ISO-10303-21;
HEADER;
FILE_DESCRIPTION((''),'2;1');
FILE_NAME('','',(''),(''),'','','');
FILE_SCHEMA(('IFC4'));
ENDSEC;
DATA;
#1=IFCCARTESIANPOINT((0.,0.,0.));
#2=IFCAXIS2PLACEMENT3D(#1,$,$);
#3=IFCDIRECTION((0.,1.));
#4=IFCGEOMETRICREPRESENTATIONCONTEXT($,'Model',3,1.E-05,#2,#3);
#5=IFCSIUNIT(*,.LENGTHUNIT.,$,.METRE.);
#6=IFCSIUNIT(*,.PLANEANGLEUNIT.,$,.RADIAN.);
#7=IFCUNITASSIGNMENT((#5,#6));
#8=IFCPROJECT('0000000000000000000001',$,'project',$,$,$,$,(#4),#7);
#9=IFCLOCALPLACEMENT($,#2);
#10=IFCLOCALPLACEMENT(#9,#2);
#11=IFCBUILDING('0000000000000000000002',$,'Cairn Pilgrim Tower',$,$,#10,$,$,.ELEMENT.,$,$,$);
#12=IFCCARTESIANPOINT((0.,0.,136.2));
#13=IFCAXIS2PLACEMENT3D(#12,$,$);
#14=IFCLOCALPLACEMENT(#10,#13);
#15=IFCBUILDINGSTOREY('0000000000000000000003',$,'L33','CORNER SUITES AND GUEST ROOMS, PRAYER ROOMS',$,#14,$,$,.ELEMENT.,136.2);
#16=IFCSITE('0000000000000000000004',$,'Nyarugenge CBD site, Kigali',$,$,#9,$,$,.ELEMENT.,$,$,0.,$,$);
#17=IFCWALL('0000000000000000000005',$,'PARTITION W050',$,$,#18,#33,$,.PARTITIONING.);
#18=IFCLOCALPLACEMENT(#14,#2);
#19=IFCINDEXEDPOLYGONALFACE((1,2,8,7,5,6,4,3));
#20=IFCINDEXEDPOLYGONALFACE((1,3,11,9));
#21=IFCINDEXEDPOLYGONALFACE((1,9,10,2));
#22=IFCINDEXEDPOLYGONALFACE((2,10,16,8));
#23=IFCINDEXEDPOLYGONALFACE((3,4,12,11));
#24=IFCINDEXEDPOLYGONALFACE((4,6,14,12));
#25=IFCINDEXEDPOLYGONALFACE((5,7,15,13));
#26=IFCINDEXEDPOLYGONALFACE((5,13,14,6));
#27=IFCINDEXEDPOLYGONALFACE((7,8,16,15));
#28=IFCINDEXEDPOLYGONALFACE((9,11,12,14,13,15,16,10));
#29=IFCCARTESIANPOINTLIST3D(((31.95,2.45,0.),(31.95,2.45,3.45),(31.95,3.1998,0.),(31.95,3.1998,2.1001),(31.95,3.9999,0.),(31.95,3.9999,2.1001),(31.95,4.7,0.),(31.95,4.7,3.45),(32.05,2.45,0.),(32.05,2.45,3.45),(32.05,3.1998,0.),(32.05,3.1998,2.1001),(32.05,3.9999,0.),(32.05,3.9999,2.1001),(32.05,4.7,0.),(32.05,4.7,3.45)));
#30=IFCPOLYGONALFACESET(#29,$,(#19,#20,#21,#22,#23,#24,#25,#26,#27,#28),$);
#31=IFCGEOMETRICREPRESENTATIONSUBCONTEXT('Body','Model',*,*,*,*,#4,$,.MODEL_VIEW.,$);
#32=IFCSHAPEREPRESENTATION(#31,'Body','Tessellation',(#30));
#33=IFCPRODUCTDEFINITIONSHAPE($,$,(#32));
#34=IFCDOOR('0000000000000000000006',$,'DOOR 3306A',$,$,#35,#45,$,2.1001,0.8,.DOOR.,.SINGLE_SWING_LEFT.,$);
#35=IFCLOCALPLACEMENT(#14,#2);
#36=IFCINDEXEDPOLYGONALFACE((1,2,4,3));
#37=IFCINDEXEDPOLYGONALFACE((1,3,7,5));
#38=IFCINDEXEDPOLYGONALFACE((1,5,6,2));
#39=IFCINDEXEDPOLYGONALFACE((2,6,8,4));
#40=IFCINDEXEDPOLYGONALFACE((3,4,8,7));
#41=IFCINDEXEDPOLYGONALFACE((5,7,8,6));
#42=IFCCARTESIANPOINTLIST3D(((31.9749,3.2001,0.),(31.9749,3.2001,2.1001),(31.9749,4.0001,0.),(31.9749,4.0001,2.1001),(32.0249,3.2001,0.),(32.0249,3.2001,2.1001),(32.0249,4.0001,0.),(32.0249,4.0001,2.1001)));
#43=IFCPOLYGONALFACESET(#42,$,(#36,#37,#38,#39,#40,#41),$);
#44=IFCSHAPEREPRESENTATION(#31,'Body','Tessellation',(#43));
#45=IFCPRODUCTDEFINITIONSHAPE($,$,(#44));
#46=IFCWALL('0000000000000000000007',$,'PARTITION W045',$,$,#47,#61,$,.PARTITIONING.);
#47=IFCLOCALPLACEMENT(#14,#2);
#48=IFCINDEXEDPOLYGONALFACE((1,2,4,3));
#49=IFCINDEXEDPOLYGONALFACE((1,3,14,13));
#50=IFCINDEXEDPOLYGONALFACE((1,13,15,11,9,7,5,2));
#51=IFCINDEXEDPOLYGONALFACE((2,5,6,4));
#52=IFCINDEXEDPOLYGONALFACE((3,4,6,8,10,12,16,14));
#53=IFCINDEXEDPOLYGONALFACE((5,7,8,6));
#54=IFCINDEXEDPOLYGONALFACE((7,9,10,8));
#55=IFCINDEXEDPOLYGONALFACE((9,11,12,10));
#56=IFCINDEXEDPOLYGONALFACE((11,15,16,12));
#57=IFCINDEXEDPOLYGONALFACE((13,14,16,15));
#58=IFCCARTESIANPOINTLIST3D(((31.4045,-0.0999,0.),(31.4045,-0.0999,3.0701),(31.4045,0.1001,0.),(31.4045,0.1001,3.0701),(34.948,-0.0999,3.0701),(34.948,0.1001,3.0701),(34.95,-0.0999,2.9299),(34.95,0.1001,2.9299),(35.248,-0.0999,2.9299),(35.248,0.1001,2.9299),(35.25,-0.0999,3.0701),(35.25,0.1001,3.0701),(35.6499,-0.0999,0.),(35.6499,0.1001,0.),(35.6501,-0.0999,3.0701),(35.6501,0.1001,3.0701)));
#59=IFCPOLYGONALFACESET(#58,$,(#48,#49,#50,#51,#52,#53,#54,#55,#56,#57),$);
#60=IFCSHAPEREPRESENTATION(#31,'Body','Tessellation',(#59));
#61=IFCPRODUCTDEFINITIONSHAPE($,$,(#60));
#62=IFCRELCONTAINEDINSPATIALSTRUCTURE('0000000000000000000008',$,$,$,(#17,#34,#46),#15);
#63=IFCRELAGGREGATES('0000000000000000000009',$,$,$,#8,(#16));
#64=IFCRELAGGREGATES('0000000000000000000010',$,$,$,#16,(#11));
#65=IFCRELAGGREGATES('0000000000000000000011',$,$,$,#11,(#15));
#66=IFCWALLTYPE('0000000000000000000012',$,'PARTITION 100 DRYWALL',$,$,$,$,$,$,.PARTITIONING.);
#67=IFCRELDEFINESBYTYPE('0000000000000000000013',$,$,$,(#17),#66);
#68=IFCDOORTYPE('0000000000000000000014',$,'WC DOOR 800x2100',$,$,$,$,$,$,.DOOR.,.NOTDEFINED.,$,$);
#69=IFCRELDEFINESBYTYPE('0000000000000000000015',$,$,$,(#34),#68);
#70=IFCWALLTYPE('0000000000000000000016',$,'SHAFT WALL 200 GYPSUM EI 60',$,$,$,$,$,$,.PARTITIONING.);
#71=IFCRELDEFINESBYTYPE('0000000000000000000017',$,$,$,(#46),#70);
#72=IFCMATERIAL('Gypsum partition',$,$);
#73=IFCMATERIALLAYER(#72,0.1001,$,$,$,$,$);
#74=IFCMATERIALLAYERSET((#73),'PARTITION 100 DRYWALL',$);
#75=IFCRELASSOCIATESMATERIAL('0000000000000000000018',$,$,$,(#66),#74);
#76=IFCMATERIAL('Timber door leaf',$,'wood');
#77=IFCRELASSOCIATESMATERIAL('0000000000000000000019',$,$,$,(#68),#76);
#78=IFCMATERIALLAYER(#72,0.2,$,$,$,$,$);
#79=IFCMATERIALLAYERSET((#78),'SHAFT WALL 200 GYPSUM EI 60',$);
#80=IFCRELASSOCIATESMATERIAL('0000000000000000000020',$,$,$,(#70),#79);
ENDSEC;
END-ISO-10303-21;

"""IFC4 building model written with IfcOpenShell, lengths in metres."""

from ifc_helpers import new_model, si_unit, direction, frame, frame_2d, origin, place, context, subcontext, project, spatial, polyline, rectangle, outline, extrude, material, layer, layer_set, type_object, element, fill, save


model = new_model("IFC4")

# Units and contexts
model_context = context("Model", 3, precision=1e-05, world=origin(), true_north=direction((0.0, 1.0)))
body_context = subcontext(model_context, "Body", "Model", "MODEL_VIEW")
ifc_project = project(units=[si_unit("LENGTHUNIT", "METRE"), si_unit("PLANEANGLEUNIT", "RADIAN")], contexts=[model_context])

# Site, building, storey
site_placement = place(None, origin())
site = spatial("IfcSite", under=ifc_project, at=site_placement, Name="Nyarugenge CBD site, Kigali", CompositionType="ELEMENT", RefElevation=0.0)
building_placement = place(site_placement, origin())
building = spatial("IfcBuilding", under=site, at=building_placement, Name="Cairn Pilgrim Tower", CompositionType="ELEMENT")
storey_placement = place(building_placement, frame((0.0, 0.0, 136.2)))
storey = spatial("IfcBuildingStorey", under=building, at=storey_placement, Name="L33", Description="CORNER SUITES AND GUEST ROOMS, PRAYER ROOMS", CompositionType="ELEMENT", Elevation=136.2)

# Wall, opening, door
ifc_material_1 = material(Name="Gypsum partition")
ifc_layer_1 = layer(ifc_material_1, 0.1001)
ifc_layer_set_1 = layer_set([ifc_layer_1], Name="PARTITION 100 DRYWALL")
wall_type_1 = type_object("IfcWallType", Name="PARTITION 100 DRYWALL", PredefinedType="PARTITIONING", material=ifc_layer_set_1)
ifc_material_2 = material(Name="Timber door leaf", Category="wood")
door_type_1 = type_object("IfcDoorType", Name="WC DOOR 800x2100", OperationType="NOTDEFINED", PredefinedType="DOOR", material=ifc_material_2)
wall_1_placement = place(storey_placement, frame((32.0, 2.45, 0.0), z_axis=(0.0, 0.0, 1.0), x_axis=(0.0, 1.0, 0.0)))
wall_1 = element("IfcWall", 1, at=wall_1_placement, inside=storey, type_object=wall_type_1, Name="PARTITION W050", PredefinedType="PARTITIONING", context=body_context, shape_type="SweptSolid", body=[
    extrude(rectangle(XDim=2.25, YDim=0.1001, at=frame_2d((1.125, 0.0))), origin(), (0.0, 0.0, 1.0), 3.45),
])
opening_1_placement = place(wall_1_placement, frame((0.75, 0.0, 0.0)))
opening_1 = element("IfcOpeningElement", 2, at=opening_1_placement, cuts=wall_1, PredefinedType="OPENING", context=body_context, shape_type="SweptSolid", body=[
    extrude(rectangle(XDim=0.8, YDim=2.1001, at=frame_2d((0.3999, 1.05))), frame((0.0, 0.0601, 0.0), z_axis=(0.0, -1.0, 0.0), x_axis=(1.0, 0.0, 0.0)), (0.0, 0.0, 1.0), 0.1201),
])
door_1_placement = place(opening_1_placement, frame((0.8, 0.0, 0.0), z_axis=(0.0, 0.0, 1.0), x_axis=(-1.0, 0.0, 0.0)))
door_1 = element("IfcDoor", 3, at=door_1_placement, inside=storey, type_object=door_type_1, Name="DOOR 3306A", OperationType="SINGLE_SWING_LEFT", OverallHeight=2.1001, OverallWidth=0.8, PredefinedType="DOOR", context=body_context, shape_type="SweptSolid", body=[
    extrude(rectangle(XDim=0.8, YDim=2.1001, at=frame_2d((0.3999, 1.05))), frame((0.0, 0.0249, 0.0), z_axis=(0.0, -1.0, 0.0), x_axis=(1.0, 0.0, 0.0)), (0.0, 0.0, 1.0), 0.05),
])
fill(opening_1, door_1)

# Wall
ifc_layer_2 = layer(ifc_material_1, 0.2)
ifc_layer_set_2 = layer_set([ifc_layer_2], Name="SHAFT WALL 200 GYPSUM EI 60")
wall_type_2 = type_object("IfcWallType", Name="SHAFT WALL 200 GYPSUM EI 60", PredefinedType="PARTITIONING", material=ifc_layer_set_2)
wall_2_placement = place(storey_placement, frame((31.4045, 0.0, 0.0), z_axis=(0.0, 0.0, 1.0), x_axis=(1.0, 0.0, 0.0)))
element("IfcWall", 4, at=wall_2_placement, inside=storey, type_object=wall_type_2, Name="PARTITION W045", PredefinedType="PARTITIONING", context=body_context, shape_type="SweptSolid", body=[
    extrude(outline(polyline([(0.0, 0.0), (4.2454, 0.0), (4.2456, 3.0701), (3.8455, 3.0701), (3.8435, 2.9299), (3.5454, 2.9299), (3.5435, 3.0701), (0.0, 3.0701), (0.0, 0.0)])), frame((0.0, 0.1001, 0.0), z_axis=(0.0, -1.0, 0.0), x_axis=(1.0, 0.0, 0.0)), (0.0, 0.0, 1.0), 0.2),
])

save(model, "model.ifc")
